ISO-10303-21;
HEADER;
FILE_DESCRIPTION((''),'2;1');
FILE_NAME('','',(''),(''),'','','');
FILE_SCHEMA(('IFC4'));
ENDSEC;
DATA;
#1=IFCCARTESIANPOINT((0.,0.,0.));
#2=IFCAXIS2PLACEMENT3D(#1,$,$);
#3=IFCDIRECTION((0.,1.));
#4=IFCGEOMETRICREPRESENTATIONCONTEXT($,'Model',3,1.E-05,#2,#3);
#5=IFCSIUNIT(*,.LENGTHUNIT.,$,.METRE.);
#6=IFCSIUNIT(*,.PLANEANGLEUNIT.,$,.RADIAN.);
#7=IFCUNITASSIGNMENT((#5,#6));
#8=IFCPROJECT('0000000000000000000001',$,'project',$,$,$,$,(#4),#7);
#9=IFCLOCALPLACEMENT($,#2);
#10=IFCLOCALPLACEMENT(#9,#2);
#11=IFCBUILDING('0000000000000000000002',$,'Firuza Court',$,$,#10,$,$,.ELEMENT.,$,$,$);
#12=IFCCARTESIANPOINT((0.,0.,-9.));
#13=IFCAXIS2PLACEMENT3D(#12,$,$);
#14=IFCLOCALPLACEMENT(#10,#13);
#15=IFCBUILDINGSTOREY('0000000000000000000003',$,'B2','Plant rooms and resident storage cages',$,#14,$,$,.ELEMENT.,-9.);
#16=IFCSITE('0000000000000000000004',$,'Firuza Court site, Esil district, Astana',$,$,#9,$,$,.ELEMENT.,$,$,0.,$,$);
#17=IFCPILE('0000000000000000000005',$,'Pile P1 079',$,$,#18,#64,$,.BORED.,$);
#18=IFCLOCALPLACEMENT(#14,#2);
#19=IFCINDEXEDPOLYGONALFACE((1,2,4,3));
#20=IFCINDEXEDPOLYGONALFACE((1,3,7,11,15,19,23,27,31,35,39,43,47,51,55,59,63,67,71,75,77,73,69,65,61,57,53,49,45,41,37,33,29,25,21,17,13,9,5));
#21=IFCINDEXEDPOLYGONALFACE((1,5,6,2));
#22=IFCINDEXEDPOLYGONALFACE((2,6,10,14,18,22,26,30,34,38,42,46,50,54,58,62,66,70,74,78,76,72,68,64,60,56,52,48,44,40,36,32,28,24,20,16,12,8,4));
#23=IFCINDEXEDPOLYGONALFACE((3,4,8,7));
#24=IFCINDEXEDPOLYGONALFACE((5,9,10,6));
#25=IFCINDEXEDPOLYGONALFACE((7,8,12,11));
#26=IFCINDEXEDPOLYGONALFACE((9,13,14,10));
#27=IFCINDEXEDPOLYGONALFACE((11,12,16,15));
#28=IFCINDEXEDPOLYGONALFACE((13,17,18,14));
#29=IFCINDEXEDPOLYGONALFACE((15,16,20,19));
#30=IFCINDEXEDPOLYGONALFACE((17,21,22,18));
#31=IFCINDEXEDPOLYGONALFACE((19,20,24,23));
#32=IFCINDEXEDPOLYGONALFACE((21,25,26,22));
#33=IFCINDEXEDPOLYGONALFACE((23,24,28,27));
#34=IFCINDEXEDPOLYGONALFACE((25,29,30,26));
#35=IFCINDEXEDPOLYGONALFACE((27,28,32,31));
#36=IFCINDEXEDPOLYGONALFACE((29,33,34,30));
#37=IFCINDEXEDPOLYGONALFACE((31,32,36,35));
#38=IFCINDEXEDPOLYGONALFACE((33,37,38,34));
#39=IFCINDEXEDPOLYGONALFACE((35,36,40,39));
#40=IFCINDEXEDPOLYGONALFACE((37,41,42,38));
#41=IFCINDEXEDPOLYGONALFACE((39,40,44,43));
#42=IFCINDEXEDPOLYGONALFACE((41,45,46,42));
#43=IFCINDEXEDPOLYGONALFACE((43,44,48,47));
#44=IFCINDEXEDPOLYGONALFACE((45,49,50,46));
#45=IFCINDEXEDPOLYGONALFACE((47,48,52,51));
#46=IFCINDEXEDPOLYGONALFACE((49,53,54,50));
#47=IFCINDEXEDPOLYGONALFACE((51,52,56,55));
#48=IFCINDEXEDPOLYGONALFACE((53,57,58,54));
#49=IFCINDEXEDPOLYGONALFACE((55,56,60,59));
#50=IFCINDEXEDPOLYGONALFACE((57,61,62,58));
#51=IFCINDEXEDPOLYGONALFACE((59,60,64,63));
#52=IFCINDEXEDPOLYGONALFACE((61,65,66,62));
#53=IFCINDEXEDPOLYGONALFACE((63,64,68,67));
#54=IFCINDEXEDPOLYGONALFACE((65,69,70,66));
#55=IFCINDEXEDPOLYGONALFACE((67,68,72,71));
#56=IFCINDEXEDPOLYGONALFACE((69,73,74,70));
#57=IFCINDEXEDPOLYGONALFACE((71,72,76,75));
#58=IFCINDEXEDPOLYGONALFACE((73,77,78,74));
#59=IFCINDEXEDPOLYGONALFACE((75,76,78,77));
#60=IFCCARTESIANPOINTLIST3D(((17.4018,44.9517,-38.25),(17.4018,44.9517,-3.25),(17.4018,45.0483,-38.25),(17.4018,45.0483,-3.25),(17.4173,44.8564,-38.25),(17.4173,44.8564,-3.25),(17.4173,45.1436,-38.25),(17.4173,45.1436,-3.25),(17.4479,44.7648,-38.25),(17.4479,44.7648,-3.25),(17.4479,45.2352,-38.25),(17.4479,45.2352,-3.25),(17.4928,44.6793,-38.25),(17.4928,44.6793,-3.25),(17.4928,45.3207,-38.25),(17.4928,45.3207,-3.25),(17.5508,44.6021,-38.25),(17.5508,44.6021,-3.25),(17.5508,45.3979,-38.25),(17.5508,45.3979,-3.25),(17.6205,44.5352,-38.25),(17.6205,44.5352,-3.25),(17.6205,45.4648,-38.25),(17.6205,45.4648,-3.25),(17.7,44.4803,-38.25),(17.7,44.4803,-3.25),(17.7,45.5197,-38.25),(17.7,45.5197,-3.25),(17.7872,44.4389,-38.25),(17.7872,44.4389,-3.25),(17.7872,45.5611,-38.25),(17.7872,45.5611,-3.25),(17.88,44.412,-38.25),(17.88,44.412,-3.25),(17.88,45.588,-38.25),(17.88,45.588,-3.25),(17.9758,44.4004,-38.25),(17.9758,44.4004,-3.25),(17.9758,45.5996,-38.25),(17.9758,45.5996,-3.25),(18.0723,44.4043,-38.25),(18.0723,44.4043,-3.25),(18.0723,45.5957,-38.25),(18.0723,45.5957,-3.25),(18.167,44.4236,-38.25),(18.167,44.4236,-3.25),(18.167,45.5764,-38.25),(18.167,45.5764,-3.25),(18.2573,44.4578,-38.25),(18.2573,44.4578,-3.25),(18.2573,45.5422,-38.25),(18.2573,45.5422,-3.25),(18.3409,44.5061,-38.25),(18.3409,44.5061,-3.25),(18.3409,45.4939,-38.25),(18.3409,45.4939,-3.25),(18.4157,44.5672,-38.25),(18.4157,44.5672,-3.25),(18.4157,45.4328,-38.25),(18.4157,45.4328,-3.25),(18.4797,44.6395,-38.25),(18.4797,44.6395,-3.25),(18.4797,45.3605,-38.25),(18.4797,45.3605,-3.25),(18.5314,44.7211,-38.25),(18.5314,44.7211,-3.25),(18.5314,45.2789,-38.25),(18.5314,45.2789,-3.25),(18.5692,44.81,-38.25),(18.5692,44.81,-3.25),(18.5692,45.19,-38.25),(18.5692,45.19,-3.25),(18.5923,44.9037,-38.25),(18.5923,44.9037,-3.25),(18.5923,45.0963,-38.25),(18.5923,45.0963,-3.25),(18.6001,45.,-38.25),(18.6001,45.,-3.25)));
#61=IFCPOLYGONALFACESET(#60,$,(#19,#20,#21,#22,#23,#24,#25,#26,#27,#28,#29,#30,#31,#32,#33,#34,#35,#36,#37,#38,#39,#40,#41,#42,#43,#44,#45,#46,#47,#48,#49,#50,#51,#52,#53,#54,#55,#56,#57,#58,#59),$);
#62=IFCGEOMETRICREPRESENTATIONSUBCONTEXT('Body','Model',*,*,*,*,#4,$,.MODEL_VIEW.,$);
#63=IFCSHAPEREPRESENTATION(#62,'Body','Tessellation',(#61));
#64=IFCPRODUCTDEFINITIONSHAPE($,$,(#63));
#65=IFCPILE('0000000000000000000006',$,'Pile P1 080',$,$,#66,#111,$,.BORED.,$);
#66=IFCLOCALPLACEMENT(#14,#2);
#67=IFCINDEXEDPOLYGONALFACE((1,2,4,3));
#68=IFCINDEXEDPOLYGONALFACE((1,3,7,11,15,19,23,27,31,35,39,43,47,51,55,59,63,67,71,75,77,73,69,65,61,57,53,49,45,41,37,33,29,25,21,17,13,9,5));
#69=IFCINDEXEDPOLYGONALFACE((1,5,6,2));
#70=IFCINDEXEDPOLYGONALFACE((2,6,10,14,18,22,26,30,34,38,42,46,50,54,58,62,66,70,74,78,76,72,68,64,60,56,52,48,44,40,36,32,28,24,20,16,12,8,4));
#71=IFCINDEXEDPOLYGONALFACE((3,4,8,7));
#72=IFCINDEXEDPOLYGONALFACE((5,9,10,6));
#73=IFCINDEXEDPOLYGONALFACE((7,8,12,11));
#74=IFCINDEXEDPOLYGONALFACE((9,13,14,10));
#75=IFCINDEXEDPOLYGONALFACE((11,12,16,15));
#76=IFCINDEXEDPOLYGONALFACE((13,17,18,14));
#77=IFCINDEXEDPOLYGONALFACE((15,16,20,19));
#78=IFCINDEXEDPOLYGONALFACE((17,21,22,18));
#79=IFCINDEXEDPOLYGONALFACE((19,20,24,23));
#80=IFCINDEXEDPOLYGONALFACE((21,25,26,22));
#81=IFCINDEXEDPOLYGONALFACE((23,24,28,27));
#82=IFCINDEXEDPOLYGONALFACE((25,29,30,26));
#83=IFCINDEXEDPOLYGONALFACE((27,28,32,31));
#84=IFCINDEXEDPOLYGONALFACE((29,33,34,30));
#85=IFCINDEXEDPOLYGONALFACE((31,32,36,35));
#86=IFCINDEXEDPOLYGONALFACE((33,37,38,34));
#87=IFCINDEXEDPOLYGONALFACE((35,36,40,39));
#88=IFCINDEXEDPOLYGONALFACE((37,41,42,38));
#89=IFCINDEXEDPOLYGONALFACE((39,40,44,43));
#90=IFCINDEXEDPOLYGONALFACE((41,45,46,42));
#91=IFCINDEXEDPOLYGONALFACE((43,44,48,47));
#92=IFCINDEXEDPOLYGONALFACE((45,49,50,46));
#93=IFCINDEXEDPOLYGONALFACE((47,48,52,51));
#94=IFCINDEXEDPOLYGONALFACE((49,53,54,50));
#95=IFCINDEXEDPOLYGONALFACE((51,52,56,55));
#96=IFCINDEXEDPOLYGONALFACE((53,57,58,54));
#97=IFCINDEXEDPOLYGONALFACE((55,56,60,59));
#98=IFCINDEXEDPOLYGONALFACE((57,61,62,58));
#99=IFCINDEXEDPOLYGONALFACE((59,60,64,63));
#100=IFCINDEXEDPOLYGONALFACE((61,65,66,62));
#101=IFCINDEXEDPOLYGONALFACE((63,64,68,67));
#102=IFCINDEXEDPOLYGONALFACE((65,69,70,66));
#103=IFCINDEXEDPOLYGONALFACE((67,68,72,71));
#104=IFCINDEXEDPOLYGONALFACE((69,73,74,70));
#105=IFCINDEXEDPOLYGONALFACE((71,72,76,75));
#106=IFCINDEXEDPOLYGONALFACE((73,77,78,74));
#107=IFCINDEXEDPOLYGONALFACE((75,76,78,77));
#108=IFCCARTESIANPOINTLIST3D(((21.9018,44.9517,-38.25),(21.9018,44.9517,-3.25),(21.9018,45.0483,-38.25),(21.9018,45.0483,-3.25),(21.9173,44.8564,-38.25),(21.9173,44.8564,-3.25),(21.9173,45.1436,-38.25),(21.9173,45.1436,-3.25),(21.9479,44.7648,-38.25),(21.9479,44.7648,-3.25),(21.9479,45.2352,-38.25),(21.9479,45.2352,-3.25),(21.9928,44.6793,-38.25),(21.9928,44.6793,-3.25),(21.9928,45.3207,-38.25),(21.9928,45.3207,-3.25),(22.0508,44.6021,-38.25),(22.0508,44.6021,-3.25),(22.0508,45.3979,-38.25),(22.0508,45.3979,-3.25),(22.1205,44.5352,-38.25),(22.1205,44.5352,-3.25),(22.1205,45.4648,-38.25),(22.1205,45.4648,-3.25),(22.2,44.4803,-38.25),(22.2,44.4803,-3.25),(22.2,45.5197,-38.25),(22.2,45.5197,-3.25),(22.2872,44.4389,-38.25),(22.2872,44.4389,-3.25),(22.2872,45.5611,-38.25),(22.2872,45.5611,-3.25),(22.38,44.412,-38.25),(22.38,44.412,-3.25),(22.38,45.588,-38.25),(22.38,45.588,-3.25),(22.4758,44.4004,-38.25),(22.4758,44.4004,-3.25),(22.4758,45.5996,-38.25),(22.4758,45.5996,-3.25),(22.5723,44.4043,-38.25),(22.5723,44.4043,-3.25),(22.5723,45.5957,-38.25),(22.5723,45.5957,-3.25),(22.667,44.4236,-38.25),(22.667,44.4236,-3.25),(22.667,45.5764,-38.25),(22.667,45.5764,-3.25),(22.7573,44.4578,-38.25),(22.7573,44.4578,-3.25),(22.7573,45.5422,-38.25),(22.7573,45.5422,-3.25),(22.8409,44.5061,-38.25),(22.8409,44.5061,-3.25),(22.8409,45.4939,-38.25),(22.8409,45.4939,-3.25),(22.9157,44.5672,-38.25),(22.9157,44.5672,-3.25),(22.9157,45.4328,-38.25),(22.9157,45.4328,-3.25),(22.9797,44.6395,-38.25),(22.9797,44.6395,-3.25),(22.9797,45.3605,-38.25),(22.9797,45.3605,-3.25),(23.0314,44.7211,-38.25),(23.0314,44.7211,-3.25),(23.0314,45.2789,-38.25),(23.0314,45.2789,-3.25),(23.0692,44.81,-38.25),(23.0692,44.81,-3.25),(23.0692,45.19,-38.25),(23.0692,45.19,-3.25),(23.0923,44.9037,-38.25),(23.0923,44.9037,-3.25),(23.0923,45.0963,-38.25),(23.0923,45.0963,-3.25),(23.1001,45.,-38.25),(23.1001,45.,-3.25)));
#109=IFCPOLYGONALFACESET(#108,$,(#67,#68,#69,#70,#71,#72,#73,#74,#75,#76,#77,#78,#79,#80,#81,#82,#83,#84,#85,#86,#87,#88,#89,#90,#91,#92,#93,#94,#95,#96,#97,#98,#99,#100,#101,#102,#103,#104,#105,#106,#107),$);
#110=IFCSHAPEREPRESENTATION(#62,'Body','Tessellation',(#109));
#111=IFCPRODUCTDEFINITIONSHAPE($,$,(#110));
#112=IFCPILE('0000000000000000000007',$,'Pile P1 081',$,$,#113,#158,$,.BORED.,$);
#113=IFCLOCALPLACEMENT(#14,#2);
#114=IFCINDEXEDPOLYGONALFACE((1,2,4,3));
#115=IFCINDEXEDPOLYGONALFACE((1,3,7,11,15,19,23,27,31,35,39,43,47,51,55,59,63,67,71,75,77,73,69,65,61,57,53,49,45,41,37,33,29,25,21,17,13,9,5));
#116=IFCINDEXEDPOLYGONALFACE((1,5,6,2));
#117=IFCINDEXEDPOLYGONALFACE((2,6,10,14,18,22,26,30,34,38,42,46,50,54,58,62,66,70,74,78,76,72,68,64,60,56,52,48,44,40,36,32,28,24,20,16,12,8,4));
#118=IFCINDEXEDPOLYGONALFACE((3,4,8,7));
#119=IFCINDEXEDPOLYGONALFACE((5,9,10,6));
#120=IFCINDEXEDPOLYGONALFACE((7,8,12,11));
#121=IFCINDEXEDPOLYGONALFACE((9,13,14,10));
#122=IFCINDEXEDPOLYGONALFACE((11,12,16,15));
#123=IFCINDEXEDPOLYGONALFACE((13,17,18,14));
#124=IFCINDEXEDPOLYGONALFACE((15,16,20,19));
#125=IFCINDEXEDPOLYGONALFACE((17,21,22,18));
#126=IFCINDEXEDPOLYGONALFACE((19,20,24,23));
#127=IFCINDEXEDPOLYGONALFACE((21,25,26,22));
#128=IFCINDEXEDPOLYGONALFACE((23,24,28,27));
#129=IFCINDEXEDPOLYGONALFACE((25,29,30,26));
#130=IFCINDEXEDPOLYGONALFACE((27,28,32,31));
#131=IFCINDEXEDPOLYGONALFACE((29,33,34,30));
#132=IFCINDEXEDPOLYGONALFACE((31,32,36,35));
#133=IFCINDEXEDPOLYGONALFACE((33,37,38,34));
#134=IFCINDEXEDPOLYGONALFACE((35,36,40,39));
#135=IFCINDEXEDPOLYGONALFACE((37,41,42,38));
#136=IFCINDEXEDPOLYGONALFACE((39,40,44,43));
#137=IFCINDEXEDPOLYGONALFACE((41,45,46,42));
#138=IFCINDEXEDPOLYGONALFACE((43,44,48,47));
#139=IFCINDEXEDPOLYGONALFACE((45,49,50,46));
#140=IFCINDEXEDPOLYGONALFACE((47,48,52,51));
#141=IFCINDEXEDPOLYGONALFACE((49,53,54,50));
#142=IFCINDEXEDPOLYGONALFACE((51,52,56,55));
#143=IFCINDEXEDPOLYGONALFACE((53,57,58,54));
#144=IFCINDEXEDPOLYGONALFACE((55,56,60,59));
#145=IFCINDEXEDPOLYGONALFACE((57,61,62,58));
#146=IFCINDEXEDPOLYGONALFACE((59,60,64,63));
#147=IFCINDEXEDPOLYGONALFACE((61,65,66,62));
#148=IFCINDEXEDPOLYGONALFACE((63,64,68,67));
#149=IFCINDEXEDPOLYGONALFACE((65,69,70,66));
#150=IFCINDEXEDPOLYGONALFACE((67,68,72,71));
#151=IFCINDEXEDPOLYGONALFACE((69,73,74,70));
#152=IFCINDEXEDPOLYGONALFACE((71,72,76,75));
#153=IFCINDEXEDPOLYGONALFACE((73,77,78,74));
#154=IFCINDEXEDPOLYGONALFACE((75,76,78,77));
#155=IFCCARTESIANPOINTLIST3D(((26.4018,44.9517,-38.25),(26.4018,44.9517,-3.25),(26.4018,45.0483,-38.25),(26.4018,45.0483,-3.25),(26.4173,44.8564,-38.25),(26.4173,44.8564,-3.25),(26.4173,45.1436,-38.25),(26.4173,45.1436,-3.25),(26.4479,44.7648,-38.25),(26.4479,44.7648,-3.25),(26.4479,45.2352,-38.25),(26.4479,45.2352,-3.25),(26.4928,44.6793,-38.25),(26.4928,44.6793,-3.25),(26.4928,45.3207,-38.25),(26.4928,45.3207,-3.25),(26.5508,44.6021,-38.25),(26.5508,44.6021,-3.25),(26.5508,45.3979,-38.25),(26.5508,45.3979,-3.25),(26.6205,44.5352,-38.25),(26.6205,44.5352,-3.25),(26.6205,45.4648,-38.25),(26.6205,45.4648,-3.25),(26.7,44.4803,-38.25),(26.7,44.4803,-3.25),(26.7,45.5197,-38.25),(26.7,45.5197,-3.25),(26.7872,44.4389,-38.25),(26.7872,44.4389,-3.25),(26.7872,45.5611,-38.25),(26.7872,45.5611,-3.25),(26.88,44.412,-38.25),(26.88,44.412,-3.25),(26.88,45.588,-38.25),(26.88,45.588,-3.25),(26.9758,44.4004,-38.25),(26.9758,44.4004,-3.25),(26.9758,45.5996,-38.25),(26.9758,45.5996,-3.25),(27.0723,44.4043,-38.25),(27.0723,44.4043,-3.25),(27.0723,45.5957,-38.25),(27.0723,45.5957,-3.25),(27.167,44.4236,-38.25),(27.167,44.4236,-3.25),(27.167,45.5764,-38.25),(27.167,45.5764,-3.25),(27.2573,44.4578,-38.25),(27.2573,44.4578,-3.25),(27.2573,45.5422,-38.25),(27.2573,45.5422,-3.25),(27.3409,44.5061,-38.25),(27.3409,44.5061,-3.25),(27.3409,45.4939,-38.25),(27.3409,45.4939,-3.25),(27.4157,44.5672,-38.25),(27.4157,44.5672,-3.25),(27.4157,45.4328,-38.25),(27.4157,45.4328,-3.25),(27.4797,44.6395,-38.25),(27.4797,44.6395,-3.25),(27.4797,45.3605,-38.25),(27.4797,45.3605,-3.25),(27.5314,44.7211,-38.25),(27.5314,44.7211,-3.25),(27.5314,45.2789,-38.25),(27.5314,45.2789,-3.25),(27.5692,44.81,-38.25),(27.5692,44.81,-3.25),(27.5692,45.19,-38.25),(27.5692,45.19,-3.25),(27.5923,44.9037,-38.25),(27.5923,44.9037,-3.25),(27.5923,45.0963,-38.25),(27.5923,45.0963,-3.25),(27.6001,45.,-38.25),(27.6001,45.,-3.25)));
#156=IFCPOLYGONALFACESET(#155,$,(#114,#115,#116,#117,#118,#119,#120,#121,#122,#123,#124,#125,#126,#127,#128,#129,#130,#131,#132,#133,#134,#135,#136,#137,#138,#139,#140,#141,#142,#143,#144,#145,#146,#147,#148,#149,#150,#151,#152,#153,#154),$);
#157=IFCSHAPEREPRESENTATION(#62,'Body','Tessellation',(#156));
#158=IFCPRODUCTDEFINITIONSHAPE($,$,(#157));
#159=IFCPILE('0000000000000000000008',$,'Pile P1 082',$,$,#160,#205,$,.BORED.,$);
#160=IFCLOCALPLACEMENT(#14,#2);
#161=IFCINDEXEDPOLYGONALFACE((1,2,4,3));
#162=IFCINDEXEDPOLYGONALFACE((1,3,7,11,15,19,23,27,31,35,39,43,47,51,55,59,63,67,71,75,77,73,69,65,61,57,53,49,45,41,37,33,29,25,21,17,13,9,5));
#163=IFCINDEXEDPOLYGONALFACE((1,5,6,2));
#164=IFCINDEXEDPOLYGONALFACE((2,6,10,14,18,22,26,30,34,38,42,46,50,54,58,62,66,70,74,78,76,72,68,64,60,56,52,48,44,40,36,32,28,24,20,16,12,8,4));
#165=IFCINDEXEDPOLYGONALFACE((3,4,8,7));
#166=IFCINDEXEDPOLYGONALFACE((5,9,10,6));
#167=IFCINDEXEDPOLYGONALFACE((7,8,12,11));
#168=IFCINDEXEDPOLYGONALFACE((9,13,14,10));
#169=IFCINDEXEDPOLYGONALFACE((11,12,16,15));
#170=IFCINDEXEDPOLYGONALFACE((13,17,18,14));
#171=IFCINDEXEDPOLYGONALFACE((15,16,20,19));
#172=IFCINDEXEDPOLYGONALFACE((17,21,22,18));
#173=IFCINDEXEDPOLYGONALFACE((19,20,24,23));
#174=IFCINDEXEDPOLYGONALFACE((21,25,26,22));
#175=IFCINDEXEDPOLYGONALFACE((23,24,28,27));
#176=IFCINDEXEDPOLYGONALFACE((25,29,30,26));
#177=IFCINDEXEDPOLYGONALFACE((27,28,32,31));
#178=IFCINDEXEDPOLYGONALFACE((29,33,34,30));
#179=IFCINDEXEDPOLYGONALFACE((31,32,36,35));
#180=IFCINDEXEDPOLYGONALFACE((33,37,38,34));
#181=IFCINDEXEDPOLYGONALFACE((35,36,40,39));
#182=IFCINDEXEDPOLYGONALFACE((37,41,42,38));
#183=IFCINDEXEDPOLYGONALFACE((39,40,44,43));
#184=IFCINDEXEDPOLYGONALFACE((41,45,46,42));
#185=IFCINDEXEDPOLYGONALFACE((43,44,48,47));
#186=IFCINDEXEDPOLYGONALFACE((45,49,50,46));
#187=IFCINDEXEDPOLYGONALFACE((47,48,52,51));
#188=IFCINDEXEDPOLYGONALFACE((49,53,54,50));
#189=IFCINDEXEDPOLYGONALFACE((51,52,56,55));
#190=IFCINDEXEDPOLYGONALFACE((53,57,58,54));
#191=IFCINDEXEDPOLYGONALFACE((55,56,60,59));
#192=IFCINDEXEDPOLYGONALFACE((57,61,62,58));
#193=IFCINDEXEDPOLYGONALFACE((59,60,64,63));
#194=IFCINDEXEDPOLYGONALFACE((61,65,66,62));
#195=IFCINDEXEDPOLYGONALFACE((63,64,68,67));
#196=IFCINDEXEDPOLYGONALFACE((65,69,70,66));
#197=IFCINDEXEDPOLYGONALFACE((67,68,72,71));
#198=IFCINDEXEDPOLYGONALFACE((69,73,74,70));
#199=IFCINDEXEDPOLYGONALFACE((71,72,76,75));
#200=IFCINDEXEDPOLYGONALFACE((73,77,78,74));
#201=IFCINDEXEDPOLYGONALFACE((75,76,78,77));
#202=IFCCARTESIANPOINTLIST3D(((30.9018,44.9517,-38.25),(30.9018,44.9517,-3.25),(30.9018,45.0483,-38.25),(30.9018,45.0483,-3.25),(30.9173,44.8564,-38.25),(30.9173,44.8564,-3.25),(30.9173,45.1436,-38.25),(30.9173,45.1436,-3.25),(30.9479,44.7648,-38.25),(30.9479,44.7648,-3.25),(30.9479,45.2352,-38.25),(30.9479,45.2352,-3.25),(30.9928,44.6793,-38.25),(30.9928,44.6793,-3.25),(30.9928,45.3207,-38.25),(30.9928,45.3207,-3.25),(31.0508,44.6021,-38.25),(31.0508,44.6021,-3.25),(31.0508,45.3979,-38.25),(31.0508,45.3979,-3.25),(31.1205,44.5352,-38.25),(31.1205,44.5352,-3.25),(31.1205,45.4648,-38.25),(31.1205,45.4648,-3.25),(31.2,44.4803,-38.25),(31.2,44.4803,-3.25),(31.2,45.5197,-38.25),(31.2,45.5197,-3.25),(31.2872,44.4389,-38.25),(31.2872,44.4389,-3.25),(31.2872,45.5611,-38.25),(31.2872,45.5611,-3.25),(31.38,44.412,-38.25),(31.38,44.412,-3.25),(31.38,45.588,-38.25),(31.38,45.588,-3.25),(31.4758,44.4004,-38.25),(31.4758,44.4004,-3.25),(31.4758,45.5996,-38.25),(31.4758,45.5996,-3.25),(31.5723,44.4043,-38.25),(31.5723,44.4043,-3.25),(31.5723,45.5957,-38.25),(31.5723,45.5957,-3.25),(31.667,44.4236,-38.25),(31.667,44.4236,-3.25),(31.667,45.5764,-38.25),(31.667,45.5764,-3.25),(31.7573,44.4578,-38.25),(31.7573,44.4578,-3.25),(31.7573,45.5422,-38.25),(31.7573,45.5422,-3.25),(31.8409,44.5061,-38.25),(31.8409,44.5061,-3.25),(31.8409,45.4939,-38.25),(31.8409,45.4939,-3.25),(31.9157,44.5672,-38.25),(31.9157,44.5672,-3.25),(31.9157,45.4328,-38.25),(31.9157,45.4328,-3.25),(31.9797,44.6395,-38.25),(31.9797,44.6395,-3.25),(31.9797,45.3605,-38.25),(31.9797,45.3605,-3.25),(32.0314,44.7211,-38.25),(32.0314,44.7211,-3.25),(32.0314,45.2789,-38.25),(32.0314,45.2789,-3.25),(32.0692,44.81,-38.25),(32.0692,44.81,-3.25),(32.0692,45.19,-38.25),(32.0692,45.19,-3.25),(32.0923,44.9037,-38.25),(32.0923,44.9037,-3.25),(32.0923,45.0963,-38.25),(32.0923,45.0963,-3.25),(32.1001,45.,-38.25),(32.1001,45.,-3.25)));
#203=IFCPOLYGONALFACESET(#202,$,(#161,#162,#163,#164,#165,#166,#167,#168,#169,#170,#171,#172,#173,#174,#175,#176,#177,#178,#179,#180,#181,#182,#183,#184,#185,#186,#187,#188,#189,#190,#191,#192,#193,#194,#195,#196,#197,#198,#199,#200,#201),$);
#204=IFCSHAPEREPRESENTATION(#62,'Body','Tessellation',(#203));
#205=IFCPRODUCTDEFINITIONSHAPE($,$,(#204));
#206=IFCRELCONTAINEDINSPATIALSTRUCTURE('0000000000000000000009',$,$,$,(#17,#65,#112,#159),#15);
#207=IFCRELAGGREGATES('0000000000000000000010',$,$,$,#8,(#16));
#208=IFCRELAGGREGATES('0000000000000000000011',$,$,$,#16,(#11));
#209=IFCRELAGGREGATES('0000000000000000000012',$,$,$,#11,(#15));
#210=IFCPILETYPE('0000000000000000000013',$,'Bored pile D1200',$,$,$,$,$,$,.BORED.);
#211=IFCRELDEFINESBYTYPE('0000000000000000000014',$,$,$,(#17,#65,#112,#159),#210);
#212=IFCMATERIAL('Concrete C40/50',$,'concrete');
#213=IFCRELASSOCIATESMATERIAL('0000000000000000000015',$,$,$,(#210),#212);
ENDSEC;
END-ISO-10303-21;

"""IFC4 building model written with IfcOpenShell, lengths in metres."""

from ifc_helpers import new_model, si_unit, direction, frame, origin, origin_2d, place, context, subcontext, project, spatial, circle, extrude, material, material_profile, profile_set, type_object, element, save


model = new_model("IFC4")

# Units and contexts
model_context = context("Model", 3, precision=1e-05, world=origin(), true_north=direction((0.0, 1.0)))
body_context = subcontext(model_context, "Body", "Model", "MODEL_VIEW")
ifc_project = project(units=[si_unit("LENGTHUNIT", "METRE"), si_unit("PLANEANGLEUNIT", "RADIAN")], contexts=[model_context])

# Site, building, storey
site_placement = place(None, origin())
site = spatial("IfcSite", under=ifc_project, at=site_placement, Name="Firuza Court site, Esil district, Astana", CompositionType="ELEMENT", RefElevation=0.0)
building_placement = place(site_placement, origin())
building = spatial("IfcBuilding", under=site, at=building_placement, Name="Firuza Court", CompositionType="ELEMENT")
storey_placement = place(building_placement, frame((0.0, 0.0, -9.0)))
storey = spatial("IfcBuildingStorey", under=building, at=storey_placement, Name="B2", Description="Plant rooms and resident storage cages", CompositionType="ELEMENT", Elevation=-9.0)

# Piles
ifc_material_1 = material(Name="Concrete C40/50", Category="concrete")
ifc_material_profile_1 = material_profile(ifc_material_1, circle(Radius=0.6001, at=origin_2d()), Name="Pile D1200")
ifc_profile_set_1 = profile_set([ifc_material_profile_1], Name="Concrete C40/50")
pile_type = type_object("IfcPileType", Name="Bored pile D1200", PredefinedType="BORED", material=ifc_profile_set_1)
for number, where, z_axis, x_axis, name in (
    (1, (18.0, 45.0, -3.25), (0.0, 0.0, -1.0), (1.0, 0.0, 0.0), "Pile P1 079"),
    (2, (22.5, 45.0, -3.25), (0.0, 0.0, -1.0), (1.0, 0.0, 0.0), "Pile P1 080"),
    (3, (27.0, 45.0, -3.25), (0.0, 0.0, -1.0), (1.0, 0.0, 0.0), "Pile P1 081"),
    (4, (31.5, 45.0, -3.25), (0.0, 0.0, -1.0), (1.0, 0.0, 0.0), "Pile P1 082"),
):
    element("IfcPile", number, at=place(storey_placement, frame(where, z_axis=z_axis, x_axis=x_axis)), inside=storey, type_object=pile_type, Name=name, PredefinedType="BORED", context=body_context, shape_type="SweptSolid", body=[
        extrude(circle(Radius=0.6001, at=origin_2d()), origin(), (0.0, 0.0, 1.0), 35.0),
    ])

save(model, "model.ifc")
